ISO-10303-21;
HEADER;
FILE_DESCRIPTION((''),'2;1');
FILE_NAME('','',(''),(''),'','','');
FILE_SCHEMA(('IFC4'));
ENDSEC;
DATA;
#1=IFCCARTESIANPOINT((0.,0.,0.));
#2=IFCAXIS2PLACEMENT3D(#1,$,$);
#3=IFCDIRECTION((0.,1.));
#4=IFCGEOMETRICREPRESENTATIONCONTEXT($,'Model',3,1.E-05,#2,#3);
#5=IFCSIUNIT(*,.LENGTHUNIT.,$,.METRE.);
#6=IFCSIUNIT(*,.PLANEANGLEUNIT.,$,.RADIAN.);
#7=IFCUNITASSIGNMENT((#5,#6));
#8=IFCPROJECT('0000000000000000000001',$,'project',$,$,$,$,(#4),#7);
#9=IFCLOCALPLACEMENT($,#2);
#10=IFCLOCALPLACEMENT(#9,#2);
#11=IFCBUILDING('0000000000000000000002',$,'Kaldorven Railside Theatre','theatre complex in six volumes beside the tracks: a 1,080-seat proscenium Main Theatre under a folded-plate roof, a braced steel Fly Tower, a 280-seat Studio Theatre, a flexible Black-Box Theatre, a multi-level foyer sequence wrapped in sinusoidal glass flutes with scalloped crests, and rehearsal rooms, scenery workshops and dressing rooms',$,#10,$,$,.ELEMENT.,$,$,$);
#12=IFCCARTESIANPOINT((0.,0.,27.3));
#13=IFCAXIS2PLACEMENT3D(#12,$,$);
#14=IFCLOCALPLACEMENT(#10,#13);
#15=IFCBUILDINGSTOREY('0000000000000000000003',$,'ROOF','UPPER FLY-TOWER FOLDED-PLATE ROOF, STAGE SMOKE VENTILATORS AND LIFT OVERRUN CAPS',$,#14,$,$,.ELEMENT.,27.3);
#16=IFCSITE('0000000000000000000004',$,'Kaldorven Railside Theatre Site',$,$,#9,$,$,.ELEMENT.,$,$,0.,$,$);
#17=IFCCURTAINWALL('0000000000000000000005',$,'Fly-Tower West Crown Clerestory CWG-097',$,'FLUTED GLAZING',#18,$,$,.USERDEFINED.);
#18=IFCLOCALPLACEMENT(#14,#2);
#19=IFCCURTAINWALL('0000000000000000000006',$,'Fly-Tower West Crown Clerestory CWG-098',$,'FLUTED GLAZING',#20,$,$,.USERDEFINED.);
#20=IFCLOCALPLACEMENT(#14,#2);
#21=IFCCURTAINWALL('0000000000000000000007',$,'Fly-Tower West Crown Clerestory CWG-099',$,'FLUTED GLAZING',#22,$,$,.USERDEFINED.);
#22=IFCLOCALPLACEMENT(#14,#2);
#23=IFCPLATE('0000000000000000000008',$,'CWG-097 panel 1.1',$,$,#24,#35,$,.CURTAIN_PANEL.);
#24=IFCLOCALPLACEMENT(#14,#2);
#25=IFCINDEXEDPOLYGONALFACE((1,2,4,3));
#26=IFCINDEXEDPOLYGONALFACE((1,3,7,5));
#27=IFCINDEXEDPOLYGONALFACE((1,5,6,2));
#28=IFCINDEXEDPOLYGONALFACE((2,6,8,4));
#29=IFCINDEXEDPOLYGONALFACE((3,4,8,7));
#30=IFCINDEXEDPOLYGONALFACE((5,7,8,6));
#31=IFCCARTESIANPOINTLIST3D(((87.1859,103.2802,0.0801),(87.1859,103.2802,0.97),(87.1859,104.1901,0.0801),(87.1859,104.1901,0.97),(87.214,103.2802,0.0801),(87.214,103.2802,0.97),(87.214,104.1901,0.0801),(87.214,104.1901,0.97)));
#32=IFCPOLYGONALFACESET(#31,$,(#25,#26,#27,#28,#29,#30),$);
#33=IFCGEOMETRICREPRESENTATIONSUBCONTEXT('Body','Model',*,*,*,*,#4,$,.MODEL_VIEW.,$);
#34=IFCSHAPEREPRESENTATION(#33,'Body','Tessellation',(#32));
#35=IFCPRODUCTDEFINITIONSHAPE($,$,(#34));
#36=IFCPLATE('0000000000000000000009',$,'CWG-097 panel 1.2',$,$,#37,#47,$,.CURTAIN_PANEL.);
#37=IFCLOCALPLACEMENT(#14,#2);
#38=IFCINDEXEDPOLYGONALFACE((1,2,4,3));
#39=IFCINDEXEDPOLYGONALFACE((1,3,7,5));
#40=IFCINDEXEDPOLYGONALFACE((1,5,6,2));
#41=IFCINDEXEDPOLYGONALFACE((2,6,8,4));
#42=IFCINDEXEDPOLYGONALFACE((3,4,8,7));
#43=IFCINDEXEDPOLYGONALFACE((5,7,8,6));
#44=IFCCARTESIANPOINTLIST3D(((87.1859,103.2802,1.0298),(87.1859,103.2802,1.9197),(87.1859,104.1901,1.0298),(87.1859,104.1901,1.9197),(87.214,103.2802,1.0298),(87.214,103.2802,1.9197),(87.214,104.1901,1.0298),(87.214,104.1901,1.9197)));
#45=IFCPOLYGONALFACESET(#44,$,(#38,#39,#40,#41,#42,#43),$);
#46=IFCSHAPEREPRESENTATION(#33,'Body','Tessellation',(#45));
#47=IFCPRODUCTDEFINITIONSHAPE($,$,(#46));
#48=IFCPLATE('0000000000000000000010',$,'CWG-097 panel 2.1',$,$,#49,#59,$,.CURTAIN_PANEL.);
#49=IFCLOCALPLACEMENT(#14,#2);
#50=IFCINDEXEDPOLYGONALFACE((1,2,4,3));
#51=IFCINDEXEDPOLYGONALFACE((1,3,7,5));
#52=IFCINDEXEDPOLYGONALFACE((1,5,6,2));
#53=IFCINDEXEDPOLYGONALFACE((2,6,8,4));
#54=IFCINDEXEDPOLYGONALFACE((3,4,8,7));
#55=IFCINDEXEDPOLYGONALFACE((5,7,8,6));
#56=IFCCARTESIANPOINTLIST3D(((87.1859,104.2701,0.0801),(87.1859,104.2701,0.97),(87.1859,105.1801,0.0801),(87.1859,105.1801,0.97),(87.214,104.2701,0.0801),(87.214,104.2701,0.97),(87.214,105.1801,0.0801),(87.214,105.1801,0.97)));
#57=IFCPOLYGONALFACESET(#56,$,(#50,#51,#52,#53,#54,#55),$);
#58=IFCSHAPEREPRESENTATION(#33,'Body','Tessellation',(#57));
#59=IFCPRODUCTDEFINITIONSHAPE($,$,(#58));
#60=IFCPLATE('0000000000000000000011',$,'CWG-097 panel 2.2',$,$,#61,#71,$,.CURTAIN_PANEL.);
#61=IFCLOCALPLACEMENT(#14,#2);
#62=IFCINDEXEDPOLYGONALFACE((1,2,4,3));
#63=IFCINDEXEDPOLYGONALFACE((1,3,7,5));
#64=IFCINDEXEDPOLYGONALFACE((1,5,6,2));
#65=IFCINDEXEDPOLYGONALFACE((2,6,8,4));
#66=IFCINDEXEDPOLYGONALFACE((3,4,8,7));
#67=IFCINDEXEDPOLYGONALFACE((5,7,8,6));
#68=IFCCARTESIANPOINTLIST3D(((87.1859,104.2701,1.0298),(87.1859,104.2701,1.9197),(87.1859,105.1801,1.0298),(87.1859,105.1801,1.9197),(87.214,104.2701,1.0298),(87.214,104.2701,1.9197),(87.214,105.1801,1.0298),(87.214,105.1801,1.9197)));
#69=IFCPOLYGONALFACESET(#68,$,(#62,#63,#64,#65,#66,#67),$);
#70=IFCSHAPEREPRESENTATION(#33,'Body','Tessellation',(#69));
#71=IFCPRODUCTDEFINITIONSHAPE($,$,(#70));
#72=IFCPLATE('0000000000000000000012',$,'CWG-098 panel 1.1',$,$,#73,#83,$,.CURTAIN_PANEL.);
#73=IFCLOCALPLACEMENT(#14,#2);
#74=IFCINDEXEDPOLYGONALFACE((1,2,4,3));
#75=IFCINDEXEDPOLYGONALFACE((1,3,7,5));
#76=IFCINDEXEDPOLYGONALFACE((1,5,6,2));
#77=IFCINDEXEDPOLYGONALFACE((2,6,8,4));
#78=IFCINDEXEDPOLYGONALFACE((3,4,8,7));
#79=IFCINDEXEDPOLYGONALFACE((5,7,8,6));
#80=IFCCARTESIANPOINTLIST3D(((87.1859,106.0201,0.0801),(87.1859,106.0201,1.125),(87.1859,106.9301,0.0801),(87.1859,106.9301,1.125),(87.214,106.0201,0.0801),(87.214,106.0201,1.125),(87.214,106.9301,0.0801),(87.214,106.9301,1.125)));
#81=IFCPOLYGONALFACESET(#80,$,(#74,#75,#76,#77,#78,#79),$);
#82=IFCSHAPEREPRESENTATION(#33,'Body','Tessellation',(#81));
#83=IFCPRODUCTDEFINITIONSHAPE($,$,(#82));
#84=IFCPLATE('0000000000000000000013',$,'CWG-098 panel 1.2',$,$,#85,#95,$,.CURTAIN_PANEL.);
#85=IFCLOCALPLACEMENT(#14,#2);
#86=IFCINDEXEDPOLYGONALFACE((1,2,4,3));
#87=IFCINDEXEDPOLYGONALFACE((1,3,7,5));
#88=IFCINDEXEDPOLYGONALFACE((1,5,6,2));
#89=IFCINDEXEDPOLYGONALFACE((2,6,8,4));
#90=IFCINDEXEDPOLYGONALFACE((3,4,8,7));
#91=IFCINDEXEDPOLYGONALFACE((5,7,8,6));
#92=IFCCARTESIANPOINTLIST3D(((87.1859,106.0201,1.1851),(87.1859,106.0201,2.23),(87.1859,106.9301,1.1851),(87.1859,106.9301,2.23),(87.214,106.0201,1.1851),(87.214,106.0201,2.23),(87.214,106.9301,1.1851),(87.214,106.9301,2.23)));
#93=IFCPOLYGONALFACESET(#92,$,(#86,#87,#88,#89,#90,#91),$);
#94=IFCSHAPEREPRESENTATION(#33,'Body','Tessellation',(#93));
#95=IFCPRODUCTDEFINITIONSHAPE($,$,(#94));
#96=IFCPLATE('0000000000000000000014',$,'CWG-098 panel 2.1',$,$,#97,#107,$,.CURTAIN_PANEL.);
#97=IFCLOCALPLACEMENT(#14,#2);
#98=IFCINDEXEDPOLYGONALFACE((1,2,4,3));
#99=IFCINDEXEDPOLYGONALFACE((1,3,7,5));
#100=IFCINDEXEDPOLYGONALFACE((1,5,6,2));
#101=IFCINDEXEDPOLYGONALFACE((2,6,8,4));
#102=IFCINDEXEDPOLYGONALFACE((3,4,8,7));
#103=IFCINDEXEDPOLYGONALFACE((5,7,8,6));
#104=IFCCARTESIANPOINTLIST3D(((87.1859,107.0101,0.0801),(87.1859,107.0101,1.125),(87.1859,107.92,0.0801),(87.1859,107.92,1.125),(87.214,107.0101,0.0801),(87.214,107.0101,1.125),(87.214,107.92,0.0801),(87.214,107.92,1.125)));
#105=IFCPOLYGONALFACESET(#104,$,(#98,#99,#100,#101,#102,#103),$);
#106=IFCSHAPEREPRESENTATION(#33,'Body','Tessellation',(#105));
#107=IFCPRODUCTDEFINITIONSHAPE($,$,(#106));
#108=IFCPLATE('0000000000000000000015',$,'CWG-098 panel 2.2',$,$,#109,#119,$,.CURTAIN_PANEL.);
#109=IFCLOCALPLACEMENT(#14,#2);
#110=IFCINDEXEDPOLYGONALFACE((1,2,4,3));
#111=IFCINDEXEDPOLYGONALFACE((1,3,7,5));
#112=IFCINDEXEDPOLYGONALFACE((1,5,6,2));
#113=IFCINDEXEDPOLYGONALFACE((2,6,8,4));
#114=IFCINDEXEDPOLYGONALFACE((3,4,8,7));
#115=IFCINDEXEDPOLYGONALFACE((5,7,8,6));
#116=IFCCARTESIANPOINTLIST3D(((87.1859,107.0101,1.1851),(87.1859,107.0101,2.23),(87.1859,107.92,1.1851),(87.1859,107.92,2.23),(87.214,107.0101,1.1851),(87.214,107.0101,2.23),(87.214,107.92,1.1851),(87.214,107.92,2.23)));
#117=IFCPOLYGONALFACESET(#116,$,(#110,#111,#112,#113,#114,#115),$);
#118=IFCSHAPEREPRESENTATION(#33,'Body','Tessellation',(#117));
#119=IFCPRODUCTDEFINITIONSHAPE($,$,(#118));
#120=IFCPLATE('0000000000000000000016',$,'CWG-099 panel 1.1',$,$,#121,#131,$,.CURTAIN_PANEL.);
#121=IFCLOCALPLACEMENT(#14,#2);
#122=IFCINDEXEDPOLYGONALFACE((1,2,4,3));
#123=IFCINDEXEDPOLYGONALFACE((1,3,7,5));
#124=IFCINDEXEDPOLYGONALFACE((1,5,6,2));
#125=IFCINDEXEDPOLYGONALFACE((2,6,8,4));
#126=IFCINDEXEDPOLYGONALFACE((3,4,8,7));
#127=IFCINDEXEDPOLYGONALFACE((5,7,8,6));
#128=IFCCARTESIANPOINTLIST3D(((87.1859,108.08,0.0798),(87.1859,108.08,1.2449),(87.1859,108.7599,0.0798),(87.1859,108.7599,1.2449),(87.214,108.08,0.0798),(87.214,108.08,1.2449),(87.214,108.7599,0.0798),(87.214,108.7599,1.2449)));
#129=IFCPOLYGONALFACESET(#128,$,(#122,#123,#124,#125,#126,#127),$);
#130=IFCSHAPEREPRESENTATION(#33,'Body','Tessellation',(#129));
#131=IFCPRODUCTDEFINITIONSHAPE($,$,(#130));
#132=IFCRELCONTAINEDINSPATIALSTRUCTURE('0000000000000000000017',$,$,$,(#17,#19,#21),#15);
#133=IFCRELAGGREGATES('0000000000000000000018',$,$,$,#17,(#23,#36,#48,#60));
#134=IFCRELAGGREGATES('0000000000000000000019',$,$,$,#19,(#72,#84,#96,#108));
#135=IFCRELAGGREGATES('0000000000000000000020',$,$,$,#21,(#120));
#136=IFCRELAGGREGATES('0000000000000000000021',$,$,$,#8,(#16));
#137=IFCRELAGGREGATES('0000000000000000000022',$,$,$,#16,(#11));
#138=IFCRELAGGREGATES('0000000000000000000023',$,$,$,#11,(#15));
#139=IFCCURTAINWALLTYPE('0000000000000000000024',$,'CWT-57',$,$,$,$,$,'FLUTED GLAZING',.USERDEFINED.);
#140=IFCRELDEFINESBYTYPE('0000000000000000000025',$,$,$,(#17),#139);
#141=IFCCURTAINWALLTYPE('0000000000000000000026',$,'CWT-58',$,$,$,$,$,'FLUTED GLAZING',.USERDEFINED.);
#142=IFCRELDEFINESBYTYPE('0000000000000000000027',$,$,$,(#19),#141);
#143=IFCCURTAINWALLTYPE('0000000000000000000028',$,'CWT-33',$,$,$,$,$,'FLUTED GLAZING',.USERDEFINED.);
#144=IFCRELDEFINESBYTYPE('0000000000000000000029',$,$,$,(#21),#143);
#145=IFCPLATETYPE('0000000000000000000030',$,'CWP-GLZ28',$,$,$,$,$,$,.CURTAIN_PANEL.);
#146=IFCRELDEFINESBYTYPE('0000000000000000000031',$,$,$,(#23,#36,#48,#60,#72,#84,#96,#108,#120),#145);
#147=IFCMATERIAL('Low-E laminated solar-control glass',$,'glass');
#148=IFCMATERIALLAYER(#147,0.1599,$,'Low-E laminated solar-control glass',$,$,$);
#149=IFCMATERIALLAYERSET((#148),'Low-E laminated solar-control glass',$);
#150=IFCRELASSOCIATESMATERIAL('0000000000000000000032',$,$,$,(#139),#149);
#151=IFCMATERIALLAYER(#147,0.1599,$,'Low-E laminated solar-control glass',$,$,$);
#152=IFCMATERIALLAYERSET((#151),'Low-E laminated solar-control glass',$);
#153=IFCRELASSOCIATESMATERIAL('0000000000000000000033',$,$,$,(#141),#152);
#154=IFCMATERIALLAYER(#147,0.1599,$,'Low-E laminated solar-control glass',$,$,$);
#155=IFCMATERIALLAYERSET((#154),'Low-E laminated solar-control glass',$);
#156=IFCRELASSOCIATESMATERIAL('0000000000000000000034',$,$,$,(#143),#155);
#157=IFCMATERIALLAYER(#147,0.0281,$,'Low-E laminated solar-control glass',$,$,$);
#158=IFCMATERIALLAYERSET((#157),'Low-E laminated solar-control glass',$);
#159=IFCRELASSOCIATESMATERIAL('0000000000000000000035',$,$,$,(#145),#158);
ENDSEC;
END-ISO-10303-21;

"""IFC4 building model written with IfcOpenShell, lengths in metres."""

from ifc_helpers import new_model, si_unit, direction, frame, origin, origin_2d, place, context, subcontext, project, spatial, rectangle, extrude, material, layer, layer_set, type_object, element, aggregate, save


model = new_model("IFC4")

# Units and contexts
model_context = context("Model", 3, precision=1e-05, world=origin(), true_north=direction((0.0, 1.0)))
body_context = subcontext(model_context, "Body", "Model", "MODEL_VIEW")
ifc_project = project(units=[si_unit("LENGTHUNIT", "METRE"), si_unit("PLANEANGLEUNIT", "RADIAN")], contexts=[model_context])

# Site, building, storey
site_placement = place(None, origin())
site = spatial("IfcSite", under=ifc_project, at=site_placement, Name="Kaldorven Railside Theatre Site", CompositionType="ELEMENT", RefElevation=0.0)
building_placement = place(site_placement, origin())
building = spatial("IfcBuilding", under=site, at=building_placement, Name="Kaldorven Railside Theatre", Description="theatre complex in six volumes beside the tracks: a 1,080-seat proscenium Main Theatre under a folded-plate roof, a braced steel Fly Tower, a 280-seat Studio Theatre, a flexible Black-Box Theatre, a multi-level foyer sequence wrapped in sinusoidal glass flutes with scalloped crests, and rehearsal rooms, scenery workshops and dressing rooms", CompositionType="ELEMENT")
storey_placement = place(building_placement, frame((0.0, 0.0, 27.3)))
storey = spatial("IfcBuildingStorey", under=building, at=storey_placement, Name="ROOF", Description="UPPER FLY-TOWER FOLDED-PLATE ROOF, STAGE SMOKE VENTILATORS AND LIFT OVERRUN CAPS", CompositionType="ELEMENT", Elevation=27.3)

# Curtain walls
ifc_material_1 = material(Name="Low-E laminated solar-control glass", Category="glass")
ifc_layer_1 = layer(ifc_material_1, 0.1599, Name="Low-E laminated solar-control glass")
ifc_layer_set_1 = layer_set([ifc_layer_1], Name="Low-E laminated solar-control glass")
curtain_wall_type_1 = type_object("IfcCurtainWallType", Name="CWT-57", ElementType="FLUTED GLAZING", PredefinedType="USERDEFINED", material=ifc_layer_set_1)
curtain_wall_1_placement = place(storey_placement, origin())
curtain_wall_1 = element("IfcCurtainWall", 1, at=curtain_wall_1_placement, inside=storey, type_object=curtain_wall_type_1, Name="Fly-Tower West Crown Clerestory CWG-097", ObjectType="FLUTED GLAZING", PredefinedType="USERDEFINED")
ifc_layer_2 = layer(ifc_material_1, 0.1599, Name="Low-E laminated solar-control glass")
ifc_layer_set_2 = layer_set([ifc_layer_2], Name="Low-E laminated solar-control glass")
curtain_wall_type_2 = type_object("IfcCurtainWallType", Name="CWT-58", ElementType="FLUTED GLAZING", PredefinedType="USERDEFINED", material=ifc_layer_set_2)
curtain_wall_2_placement = place(storey_placement, origin())
curtain_wall_2 = element("IfcCurtainWall", 2, at=curtain_wall_2_placement, inside=storey, type_object=curtain_wall_type_2, Name="Fly-Tower West Crown Clerestory CWG-098", ObjectType="FLUTED GLAZING", PredefinedType="USERDEFINED")

# Curtain wall
ifc_layer_3 = layer(ifc_material_1, 0.1599, Name="Low-E laminated solar-control glass")
ifc_layer_set_3 = layer_set([ifc_layer_3], Name="Low-E laminated solar-control glass")
curtain_wall_type_3 = type_object("IfcCurtainWallType", Name="CWT-33", ElementType="FLUTED GLAZING", PredefinedType="USERDEFINED", material=ifc_layer_set_3)
curtain_wall_3_placement = place(storey_placement, origin())
curtain_wall_3 = element("IfcCurtainWall", 3, at=curtain_wall_3_placement, inside=storey, type_object=curtain_wall_type_3, Name="Fly-Tower West Crown Clerestory CWG-099", ObjectType="FLUTED GLAZING", PredefinedType="USERDEFINED")

# Plates
ifc_layer_4 = layer(ifc_material_1, 0.0281, Name="Low-E laminated solar-control glass")
ifc_layer_set_4 = layer_set([ifc_layer_4], Name="Low-E laminated solar-control glass")
plate_type = type_object("IfcPlateType", Name="CWP-GLZ28", PredefinedType="CURTAIN_PANEL", material=ifc_layer_set_4)
plate_1_placement = place(storey_placement, frame((87.2, 103.7351, 0.0801), z_axis=(0.0, 0.0, 1.0), x_axis=(0.0, 1.0, 0.0)))
plate_1 = element("IfcPlate", 4, at=plate_1_placement, type_object=plate_type, Name="CWG-097 panel 1.1", PredefinedType="CURTAIN_PANEL", context=body_context, shape_type="SweptSolid", body=[
    extrude(rectangle(XDim=0.9099, YDim=0.0281, at=origin_2d()), origin(), (0.0, 0.0, 1.0), 0.8899),
])
plate_2_placement = place(storey_placement, frame((87.2, 103.7351, 1.0298), z_axis=(0.0, 0.0, 1.0), x_axis=(0.0, 1.0, 0.0)))
plate_2 = element("IfcPlate", 5, at=plate_2_placement, type_object=plate_type, Name="CWG-097 panel 1.2", PredefinedType="CURTAIN_PANEL", context=body_context, shape_type="SweptSolid", body=[
    extrude(rectangle(XDim=0.9099, YDim=0.0281, at=origin_2d()), origin(), (0.0, 0.0, 1.0), 0.8899),
])
plate_3_placement = place(storey_placement, frame((87.2, 104.7251, 0.0801), z_axis=(0.0, 0.0, 1.0), x_axis=(0.0, 1.0, 0.0)))
plate_3 = element("IfcPlate", 6, at=plate_3_placement, type_object=plate_type, Name="CWG-097 panel 2.1", PredefinedType="CURTAIN_PANEL", context=body_context, shape_type="SweptSolid", body=[
    extrude(rectangle(XDim=0.9099, YDim=0.0281, at=origin_2d()), origin(), (0.0, 0.0, 1.0), 0.8899),
])
plate_4_placement = place(storey_placement, frame((87.2, 104.7251, 1.0298), z_axis=(0.0, 0.0, 1.0), x_axis=(0.0, 1.0, 0.0)))
plate_4 = element("IfcPlate", 7, at=plate_4_placement, type_object=plate_type, Name="CWG-097 panel 2.2", PredefinedType="CURTAIN_PANEL", context=body_context, shape_type="SweptSolid", body=[
    extrude(rectangle(XDim=0.9099, YDim=0.0281, at=origin_2d()), origin(), (0.0, 0.0, 1.0), 0.8899),
])
aggregate(curtain_wall_1, [plate_1, plate_2, plate_3, plate_4])
plate_5_placement = place(storey_placement, frame((87.2, 106.4751, 0.0801), z_axis=(0.0, 0.0, 1.0), x_axis=(0.0, 1.0, 0.0)))
plate_5 = element("IfcPlate", 8, at=plate_5_placement, type_object=plate_type, Name="CWG-098 panel 1.1", PredefinedType="CURTAIN_PANEL", context=body_context, shape_type="SweptSolid", body=[
    extrude(rectangle(XDim=0.9099, YDim=0.0281, at=origin_2d()), origin(), (0.0, 0.0, 1.0), 1.0449),
])
plate_6_placement = place(storey_placement, frame((87.2, 106.4751, 1.1851), z_axis=(0.0, 0.0, 1.0), x_axis=(0.0, 1.0, 0.0)))
plate_6 = element("IfcPlate", 9, at=plate_6_placement, type_object=plate_type, Name="CWG-098 panel 1.2", PredefinedType="CURTAIN_PANEL", context=body_context, shape_type="SweptSolid", body=[
    extrude(rectangle(XDim=0.9099, YDim=0.0281, at=origin_2d()), origin(), (0.0, 0.0, 1.0), 1.0449),
])
plate_7_placement = place(storey_placement, frame((87.2, 107.4651, 0.0801), z_axis=(0.0, 0.0, 1.0), x_axis=(0.0, 1.0, 0.0)))
plate_7 = element("IfcPlate", 10, at=plate_7_placement, type_object=plate_type, Name="CWG-098 panel 2.1", PredefinedType="CURTAIN_PANEL", context=body_context, shape_type="SweptSolid", body=[
    extrude(rectangle(XDim=0.9099, YDim=0.0281, at=origin_2d()), origin(), (0.0, 0.0, 1.0), 1.0449),
])
plate_8_placement = place(storey_placement, frame((87.2, 107.4651, 1.1851), z_axis=(0.0, 0.0, 1.0), x_axis=(0.0, 1.0, 0.0)))
plate_8 = element("IfcPlate", 11, at=plate_8_placement, type_object=plate_type, Name="CWG-098 panel 2.2", PredefinedType="CURTAIN_PANEL", context=body_context, shape_type="SweptSolid", body=[
    extrude(rectangle(XDim=0.9099, YDim=0.0281, at=origin_2d()), origin(), (0.0, 0.0, 1.0), 1.0449),
])
aggregate(curtain_wall_2, [plate_5, plate_6, plate_7, plate_8])
plate_9_placement = place(storey_placement, frame((87.2, 108.4199, 0.0798), z_axis=(0.0, 0.0, 1.0), x_axis=(0.0, 1.0, 0.0)))
plate_9 = element("IfcPlate", 12, at=plate_9_placement, type_object=plate_type, Name="CWG-099 panel 1.1", PredefinedType="CURTAIN_PANEL", context=body_context, shape_type="SweptSolid", body=[
    extrude(rectangle(XDim=0.6799, YDim=0.0281, at=origin_2d()), origin(), (0.0, 0.0, 1.0), 1.165),
])
aggregate(curtain_wall_3, [plate_9])

save(model, "model.ifc")
